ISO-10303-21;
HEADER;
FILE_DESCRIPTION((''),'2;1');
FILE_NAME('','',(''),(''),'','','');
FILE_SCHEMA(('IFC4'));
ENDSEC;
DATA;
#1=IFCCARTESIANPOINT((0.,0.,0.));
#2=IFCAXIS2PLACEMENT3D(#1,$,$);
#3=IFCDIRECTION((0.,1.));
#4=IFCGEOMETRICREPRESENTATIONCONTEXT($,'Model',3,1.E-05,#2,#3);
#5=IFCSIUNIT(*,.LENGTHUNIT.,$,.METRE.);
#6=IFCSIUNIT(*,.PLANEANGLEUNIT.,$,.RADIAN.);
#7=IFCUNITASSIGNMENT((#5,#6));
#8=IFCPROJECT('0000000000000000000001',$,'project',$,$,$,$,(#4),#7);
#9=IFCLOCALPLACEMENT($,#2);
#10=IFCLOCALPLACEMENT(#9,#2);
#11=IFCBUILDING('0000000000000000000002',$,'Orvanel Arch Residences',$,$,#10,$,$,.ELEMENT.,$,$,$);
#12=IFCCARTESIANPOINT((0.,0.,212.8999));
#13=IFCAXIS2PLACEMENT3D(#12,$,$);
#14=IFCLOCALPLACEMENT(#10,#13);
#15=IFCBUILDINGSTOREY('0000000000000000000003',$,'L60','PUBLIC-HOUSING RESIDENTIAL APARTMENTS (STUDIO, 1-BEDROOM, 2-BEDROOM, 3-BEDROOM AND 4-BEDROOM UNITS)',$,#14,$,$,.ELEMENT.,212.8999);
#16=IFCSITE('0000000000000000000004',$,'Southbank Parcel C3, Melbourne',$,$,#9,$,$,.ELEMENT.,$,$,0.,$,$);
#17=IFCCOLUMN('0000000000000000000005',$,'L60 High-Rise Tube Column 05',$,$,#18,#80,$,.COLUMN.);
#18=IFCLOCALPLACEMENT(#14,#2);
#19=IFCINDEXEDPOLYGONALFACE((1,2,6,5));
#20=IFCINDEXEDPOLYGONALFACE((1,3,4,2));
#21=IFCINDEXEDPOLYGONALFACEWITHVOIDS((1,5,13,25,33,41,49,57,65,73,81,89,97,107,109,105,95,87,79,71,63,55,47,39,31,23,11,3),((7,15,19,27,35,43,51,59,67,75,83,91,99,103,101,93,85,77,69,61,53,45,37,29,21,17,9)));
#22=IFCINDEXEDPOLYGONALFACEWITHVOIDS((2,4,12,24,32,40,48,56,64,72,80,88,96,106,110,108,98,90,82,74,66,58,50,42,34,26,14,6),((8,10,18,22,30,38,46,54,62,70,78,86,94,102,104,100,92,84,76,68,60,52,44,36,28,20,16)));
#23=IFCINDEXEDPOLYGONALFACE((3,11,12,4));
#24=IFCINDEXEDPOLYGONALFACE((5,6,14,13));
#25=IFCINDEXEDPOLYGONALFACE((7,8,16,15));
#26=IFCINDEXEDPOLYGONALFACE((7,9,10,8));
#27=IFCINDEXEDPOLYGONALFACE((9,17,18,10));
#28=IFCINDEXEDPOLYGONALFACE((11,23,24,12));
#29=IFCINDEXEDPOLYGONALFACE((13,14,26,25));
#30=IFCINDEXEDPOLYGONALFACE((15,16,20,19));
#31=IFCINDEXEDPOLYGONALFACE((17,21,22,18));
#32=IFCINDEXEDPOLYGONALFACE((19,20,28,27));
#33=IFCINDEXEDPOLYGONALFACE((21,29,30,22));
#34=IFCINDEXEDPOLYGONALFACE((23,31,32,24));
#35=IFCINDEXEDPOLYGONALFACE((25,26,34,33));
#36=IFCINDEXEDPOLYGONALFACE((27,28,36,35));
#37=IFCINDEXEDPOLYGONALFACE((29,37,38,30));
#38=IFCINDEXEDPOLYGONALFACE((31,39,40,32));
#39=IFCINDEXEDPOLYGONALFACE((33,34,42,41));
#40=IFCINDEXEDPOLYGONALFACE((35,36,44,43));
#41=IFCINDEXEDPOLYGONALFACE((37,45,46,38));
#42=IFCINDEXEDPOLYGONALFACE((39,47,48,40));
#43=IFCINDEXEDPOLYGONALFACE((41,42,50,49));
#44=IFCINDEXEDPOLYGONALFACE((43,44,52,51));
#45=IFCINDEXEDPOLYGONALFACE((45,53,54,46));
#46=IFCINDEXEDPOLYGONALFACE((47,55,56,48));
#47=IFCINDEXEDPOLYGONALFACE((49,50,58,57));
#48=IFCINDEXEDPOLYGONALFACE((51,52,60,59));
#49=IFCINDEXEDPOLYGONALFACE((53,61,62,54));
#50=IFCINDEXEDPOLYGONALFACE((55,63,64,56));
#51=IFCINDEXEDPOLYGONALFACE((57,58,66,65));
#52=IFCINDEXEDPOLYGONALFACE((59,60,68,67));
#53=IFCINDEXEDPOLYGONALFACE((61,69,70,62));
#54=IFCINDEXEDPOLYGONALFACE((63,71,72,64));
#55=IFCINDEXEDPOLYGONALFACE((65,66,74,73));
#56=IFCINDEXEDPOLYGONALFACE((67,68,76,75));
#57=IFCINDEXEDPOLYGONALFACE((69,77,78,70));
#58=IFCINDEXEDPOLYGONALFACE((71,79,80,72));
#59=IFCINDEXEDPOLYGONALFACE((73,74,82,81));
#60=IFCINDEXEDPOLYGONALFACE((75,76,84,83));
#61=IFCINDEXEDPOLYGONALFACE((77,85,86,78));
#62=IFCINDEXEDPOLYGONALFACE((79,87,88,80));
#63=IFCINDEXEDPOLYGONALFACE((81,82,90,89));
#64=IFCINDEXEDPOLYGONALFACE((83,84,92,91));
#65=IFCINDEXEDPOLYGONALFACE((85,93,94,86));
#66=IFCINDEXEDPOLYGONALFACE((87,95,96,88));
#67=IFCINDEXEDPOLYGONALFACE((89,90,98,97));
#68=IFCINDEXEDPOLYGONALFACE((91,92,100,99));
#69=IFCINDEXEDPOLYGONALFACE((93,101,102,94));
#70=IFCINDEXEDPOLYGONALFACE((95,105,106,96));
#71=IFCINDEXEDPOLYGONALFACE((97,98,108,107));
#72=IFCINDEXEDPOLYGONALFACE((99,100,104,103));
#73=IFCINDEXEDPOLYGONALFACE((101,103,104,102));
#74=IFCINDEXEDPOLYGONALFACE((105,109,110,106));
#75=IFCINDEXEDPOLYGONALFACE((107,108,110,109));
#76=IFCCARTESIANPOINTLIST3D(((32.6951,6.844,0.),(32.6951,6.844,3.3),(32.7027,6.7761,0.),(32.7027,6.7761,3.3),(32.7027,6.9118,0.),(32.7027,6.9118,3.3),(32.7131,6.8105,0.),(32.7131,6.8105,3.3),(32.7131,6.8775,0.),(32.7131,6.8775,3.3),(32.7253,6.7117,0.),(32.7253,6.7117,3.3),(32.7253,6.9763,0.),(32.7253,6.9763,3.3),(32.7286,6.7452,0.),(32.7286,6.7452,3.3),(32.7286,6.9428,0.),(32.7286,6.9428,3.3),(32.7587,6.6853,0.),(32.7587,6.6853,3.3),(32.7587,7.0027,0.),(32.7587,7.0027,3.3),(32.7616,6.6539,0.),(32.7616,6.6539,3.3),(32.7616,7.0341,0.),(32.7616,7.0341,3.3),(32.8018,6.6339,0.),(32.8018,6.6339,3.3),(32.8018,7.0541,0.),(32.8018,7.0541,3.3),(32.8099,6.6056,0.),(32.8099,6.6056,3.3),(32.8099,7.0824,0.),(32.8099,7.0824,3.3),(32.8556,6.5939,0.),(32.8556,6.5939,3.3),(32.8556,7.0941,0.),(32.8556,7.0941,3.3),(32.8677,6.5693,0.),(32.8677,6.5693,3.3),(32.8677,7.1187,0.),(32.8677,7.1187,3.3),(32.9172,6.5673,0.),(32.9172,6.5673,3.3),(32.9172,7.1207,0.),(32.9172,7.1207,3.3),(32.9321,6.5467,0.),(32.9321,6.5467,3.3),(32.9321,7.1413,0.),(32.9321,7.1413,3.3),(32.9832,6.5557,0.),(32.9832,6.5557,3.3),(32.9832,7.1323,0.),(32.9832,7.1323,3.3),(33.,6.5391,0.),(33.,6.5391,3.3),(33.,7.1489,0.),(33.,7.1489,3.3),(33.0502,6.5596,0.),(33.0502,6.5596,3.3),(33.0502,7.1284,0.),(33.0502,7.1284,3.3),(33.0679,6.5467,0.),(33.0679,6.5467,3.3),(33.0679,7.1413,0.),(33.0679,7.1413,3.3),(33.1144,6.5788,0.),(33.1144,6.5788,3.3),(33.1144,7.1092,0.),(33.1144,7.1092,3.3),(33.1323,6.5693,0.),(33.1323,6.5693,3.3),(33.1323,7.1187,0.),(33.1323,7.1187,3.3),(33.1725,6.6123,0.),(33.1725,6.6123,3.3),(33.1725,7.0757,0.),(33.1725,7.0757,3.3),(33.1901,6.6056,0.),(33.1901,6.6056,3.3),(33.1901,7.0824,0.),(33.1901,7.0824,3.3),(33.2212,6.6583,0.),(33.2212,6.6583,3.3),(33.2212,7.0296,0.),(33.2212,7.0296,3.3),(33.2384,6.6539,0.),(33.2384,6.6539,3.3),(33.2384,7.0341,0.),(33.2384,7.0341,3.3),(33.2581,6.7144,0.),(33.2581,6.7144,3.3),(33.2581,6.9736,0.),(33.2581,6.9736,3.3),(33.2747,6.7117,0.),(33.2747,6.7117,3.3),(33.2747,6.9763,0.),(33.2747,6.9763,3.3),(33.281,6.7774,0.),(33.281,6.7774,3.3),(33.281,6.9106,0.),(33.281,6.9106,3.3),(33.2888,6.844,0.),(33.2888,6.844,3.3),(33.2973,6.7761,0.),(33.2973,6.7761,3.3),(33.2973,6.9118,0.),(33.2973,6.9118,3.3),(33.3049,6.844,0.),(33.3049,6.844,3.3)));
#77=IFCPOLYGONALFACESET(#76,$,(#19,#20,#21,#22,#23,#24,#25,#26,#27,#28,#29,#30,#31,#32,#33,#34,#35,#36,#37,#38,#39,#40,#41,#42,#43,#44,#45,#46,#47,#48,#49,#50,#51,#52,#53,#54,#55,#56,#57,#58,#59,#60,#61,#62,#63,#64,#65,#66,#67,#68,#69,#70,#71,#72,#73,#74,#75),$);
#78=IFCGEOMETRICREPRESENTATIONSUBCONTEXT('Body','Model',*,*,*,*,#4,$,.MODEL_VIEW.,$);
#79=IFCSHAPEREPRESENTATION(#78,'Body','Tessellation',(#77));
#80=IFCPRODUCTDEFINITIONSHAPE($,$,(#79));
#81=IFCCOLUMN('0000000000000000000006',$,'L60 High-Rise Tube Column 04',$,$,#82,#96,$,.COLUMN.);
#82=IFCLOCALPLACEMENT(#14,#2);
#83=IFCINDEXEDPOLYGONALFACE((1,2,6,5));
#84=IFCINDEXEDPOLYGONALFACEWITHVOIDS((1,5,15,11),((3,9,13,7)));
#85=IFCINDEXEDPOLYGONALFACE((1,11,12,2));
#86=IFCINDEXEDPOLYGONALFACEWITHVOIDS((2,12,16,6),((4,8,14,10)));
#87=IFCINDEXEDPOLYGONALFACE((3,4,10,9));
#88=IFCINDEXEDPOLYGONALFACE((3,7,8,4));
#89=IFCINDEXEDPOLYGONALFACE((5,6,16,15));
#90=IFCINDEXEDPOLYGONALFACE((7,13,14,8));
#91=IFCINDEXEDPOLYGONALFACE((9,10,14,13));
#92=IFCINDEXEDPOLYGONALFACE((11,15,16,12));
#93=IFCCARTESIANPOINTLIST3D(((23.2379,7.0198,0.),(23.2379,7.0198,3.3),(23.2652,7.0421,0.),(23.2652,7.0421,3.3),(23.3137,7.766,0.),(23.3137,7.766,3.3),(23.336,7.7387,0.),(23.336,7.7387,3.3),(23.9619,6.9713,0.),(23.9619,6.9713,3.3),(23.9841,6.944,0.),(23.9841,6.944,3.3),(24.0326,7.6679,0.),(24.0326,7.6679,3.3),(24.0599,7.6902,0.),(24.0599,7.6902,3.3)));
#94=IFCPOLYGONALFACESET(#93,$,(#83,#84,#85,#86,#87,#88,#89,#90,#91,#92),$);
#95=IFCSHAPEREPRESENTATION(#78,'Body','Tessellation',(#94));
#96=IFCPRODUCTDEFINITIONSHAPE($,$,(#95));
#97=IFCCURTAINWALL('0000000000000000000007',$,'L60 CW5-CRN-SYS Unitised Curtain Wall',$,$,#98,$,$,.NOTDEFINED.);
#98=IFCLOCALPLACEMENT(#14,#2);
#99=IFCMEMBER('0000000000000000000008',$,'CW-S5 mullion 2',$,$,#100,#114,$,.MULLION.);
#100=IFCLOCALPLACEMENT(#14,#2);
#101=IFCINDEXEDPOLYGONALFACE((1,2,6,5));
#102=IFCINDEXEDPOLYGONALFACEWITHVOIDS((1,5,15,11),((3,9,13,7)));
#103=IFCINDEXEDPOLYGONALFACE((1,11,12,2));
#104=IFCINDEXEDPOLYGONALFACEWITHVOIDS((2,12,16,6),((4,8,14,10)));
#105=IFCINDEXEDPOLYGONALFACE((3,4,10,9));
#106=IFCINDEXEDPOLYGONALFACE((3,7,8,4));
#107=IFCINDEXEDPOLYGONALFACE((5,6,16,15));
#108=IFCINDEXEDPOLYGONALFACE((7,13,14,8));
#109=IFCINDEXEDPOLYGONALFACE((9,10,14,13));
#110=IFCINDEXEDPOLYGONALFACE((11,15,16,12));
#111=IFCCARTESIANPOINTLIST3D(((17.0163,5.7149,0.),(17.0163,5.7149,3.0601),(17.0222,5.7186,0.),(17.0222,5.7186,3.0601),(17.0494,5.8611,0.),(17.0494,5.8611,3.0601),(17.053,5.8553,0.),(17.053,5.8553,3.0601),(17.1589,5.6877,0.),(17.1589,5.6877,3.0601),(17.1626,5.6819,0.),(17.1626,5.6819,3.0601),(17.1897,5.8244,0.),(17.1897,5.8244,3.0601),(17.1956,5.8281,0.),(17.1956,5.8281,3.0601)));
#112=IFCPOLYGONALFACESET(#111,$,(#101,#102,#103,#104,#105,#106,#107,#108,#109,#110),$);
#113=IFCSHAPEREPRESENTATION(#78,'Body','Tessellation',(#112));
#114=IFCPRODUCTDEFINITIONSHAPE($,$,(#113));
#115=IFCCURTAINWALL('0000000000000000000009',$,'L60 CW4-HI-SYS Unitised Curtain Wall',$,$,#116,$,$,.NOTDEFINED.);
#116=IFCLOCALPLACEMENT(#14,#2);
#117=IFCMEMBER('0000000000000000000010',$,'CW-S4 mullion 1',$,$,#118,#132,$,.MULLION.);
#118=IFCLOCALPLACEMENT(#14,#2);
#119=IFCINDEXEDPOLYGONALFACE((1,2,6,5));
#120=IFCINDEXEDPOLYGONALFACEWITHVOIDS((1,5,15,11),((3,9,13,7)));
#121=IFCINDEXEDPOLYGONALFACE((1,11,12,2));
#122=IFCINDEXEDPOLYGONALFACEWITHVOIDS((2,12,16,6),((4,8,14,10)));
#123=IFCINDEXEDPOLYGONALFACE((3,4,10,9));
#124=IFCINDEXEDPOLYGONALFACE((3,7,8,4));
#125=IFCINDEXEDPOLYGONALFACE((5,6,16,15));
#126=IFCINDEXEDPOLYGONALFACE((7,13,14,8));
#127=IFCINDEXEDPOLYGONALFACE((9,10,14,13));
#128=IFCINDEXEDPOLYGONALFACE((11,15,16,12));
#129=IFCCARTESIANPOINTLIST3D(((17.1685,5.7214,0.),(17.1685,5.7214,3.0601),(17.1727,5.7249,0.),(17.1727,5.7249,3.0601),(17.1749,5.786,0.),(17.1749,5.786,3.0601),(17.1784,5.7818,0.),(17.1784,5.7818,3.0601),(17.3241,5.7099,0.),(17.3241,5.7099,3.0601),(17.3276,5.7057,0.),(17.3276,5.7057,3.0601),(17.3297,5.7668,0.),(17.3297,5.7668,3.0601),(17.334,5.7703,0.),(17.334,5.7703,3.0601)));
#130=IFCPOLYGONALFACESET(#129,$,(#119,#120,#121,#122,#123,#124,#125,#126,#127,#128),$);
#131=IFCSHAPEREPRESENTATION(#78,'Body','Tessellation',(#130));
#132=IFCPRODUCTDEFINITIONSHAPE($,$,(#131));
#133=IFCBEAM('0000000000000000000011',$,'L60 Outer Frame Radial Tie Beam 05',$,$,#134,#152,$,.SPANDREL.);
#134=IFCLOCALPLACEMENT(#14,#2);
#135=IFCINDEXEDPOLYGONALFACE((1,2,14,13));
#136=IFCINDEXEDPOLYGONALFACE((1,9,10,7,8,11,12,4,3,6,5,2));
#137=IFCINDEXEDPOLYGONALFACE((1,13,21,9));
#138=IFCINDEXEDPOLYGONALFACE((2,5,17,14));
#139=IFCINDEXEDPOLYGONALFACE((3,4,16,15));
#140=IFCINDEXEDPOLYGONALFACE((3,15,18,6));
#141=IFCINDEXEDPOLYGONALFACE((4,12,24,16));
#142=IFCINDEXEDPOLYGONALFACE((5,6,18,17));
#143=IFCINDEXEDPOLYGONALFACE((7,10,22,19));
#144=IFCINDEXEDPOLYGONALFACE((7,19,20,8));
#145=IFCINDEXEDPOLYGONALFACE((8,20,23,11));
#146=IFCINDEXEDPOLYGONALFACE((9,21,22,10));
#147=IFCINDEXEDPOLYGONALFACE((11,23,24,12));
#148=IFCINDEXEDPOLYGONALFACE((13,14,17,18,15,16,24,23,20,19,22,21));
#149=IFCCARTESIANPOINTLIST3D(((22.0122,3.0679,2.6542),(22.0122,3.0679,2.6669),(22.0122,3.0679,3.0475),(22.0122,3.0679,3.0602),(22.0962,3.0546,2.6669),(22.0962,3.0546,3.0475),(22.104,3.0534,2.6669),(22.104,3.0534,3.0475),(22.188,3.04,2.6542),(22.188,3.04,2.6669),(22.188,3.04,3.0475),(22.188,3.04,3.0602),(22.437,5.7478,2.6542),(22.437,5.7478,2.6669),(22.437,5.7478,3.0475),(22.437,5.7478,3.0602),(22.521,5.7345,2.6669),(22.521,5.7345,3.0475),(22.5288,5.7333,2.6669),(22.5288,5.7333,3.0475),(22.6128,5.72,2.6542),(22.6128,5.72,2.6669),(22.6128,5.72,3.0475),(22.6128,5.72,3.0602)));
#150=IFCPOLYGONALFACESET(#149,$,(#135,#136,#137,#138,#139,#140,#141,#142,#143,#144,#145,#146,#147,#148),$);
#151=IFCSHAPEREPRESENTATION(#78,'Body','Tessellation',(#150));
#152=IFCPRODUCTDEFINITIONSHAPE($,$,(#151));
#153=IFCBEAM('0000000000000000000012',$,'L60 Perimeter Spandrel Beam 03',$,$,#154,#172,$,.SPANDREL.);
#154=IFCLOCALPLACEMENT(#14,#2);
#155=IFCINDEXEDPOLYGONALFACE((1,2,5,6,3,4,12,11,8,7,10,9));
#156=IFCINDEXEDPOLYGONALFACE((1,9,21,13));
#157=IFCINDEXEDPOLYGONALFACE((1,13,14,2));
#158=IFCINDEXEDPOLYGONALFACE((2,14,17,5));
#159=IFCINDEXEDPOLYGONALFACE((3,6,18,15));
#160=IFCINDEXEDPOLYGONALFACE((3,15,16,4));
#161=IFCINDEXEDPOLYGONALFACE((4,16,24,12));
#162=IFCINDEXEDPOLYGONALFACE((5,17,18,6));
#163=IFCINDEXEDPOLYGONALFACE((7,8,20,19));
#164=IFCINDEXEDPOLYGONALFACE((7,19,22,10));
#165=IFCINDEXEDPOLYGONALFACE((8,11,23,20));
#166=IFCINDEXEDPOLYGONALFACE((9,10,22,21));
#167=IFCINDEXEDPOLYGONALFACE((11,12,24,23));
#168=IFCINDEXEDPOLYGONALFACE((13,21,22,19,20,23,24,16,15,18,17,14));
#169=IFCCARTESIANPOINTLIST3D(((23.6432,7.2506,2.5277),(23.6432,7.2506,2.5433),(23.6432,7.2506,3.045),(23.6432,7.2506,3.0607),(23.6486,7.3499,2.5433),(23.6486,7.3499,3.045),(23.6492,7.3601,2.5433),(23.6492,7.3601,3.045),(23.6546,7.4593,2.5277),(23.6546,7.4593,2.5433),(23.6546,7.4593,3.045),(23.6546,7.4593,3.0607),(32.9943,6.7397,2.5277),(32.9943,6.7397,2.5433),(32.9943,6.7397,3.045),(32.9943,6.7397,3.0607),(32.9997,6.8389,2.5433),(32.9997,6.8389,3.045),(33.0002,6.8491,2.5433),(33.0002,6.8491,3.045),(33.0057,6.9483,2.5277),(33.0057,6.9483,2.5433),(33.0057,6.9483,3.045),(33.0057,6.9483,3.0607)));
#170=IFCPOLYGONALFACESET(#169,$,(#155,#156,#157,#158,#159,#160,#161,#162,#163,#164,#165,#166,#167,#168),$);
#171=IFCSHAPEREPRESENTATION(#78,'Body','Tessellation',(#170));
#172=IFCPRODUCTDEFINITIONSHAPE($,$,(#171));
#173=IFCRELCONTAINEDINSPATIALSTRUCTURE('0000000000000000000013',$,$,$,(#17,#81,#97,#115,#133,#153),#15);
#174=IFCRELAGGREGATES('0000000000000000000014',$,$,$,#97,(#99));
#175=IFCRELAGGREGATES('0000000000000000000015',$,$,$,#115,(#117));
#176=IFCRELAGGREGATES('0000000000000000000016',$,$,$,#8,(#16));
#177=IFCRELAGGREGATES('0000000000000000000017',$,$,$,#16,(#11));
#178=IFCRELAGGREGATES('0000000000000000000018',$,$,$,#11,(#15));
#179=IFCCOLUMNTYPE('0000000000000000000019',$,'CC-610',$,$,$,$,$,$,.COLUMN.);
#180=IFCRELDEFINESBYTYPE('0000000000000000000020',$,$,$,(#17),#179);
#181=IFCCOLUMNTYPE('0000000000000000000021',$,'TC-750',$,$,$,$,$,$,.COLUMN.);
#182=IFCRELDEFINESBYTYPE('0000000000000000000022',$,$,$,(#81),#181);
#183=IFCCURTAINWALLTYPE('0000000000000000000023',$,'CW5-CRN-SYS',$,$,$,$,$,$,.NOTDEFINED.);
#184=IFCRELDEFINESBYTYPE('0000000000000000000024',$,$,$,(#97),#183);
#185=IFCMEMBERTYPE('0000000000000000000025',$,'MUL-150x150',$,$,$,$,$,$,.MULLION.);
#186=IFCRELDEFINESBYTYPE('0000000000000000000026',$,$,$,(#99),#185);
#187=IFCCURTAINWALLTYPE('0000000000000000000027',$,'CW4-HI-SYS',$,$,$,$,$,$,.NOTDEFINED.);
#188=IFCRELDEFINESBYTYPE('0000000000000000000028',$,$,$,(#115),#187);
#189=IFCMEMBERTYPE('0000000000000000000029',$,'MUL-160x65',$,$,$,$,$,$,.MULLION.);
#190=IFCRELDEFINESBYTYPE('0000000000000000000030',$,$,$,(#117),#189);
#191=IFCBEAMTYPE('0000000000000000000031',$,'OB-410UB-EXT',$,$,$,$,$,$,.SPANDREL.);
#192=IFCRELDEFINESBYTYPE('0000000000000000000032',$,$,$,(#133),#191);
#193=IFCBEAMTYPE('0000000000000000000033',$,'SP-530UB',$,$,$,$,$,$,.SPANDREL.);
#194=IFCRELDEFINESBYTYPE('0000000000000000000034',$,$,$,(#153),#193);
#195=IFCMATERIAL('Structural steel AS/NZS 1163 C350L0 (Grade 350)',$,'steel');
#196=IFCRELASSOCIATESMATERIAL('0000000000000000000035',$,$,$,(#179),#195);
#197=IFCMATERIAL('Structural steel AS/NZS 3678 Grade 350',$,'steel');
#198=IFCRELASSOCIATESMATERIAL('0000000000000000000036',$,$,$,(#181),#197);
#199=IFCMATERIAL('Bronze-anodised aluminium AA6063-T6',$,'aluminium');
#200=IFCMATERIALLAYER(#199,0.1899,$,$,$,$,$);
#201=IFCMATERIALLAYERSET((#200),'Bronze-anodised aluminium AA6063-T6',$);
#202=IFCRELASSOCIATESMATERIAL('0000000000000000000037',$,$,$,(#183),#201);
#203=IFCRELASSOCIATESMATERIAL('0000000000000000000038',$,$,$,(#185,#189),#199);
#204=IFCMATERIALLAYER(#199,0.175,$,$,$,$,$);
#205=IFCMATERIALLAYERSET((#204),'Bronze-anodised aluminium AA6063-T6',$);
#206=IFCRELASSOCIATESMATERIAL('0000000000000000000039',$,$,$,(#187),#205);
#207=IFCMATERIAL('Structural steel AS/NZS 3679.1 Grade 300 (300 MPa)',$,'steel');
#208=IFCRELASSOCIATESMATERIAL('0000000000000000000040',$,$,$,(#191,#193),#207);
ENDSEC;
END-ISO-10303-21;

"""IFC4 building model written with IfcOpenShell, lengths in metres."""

from ifc_helpers import new_model, si_unit, direction, frame, origin, origin_2d, place, context, subcontext, project, spatial, hollow_rectangle, hollow_circle, i_section, extrude, material, layer, layer_set, material_profile, profile_set, type_object, element, aggregate, save


model = new_model("IFC4")

# Units and contexts
model_context = context("Model", 3, precision=1e-05, world=origin(), true_north=direction((0.0, 1.0)))
body_context = subcontext(model_context, "Body", "Model", "MODEL_VIEW")
ifc_project = project(units=[si_unit("LENGTHUNIT", "METRE"), si_unit("PLANEANGLEUNIT", "RADIAN")], contexts=[model_context])

# Site, building, storey
site_placement = place(None, origin())
site = spatial("IfcSite", under=ifc_project, at=site_placement, Name="Southbank Parcel C3, Melbourne", CompositionType="ELEMENT", RefElevation=0.0)
building_placement = place(site_placement, origin())
building = spatial("IfcBuilding", under=site, at=building_placement, Name="Orvanel Arch Residences", CompositionType="ELEMENT")
storey_placement = place(building_placement, frame((0.0, 0.0, 212.8999)))
storey = spatial("IfcBuildingStorey", under=building, at=storey_placement, Name="L60", Description="PUBLIC-HOUSING RESIDENTIAL APARTMENTS (STUDIO, 1-BEDROOM, 2-BEDROOM, 3-BEDROOM AND 4-BEDROOM UNITS)", CompositionType="ELEMENT", Elevation=212.8999)

# Columns
ifc_material_1 = material(Name="Structural steel AS/NZS 1163 C350L0 (Grade 350)", Category="steel")
ifc_material_profile_1 = material_profile(ifc_material_1, hollow_circle(Radius=0.3049, WallThickness=0.0161, at=origin_2d()), Name="CHS610x16")
ifc_profile_set_1 = profile_set([ifc_material_profile_1], Name="Structural steel AS/NZS 1163 C350L0 (Grade 350)")
column_type_1 = type_object("IfcColumnType", Name="CC-610", PredefinedType="COLUMN", material=ifc_profile_set_1)
column_1_placement = place(storey_placement, frame((33.0, 6.844, 0.0), z_axis=(0.0, 0.0, 1.0), x_axis=(1.0, 0.0, 0.0)))
element("IfcColumn", 1, at=column_1_placement, inside=storey, type_object=column_type_1, Name="L60 High-Rise Tube Column 05", PredefinedType="COLUMN", context=body_context, shape_type="SweptSolid", body=[
    extrude(hollow_circle(Radius=0.3049, WallThickness=0.0161, at=origin_2d()), origin(), (0.0, 0.0, 1.0), 3.3),
])
ifc_material_2 = material(Name="Structural steel AS/NZS 3678 Grade 350", Category="steel")
ifc_material_profile_2 = material_profile(ifc_material_2, hollow_rectangle(XDim=0.75, YDim=0.75, WallThickness=0.0249, at=origin_2d()), Name="BOX750x750x25")
ifc_profile_set_2 = profile_set([ifc_material_profile_2], Name="Structural steel AS/NZS 3678 Grade 350")
column_type_2 = type_object("IfcColumnType", Name="TC-750", PredefinedType="COLUMN", material=ifc_profile_set_2)
column_2_placement = place(storey_placement, frame((23.6489, 7.355, 0.0), z_axis=(0.0, 0.0, 1.0), x_axis=(-0.994881, 0.101056, 0.0)))
element("IfcColumn", 2, at=column_2_placement, inside=storey, type_object=column_type_2, Name="L60 High-Rise Tube Column 04", PredefinedType="COLUMN", context=body_context, shape_type="SweptSolid", body=[
    extrude(hollow_rectangle(XDim=0.75, YDim=0.75, WallThickness=0.0249, at=origin_2d()), origin(), (0.0, 0.0, 1.0), 3.3),
])

# Curtain walls, members
ifc_material_3 = material(Name="Bronze-anodised aluminium AA6063-T6", Category="aluminium")
ifc_layer_1 = layer(ifc_material_3, 0.1899)
ifc_layer_set_1 = layer_set([ifc_layer_1], Name="Bronze-anodised aluminium AA6063-T6")
curtain_wall_type_1 = type_object("IfcCurtainWallType", Name="CW5-CRN-SYS", PredefinedType="NOTDEFINED", material=ifc_layer_set_1)
curtain_wall_1_placement = place(storey_placement, origin())
curtain_wall_1 = element("IfcCurtainWall", 3, at=curtain_wall_1_placement, inside=storey, type_object=curtain_wall_type_1, Name="L60 CW5-CRN-SYS Unitised Curtain Wall", PredefinedType="NOTDEFINED")
ifc_material_profile_3 = material_profile(ifc_material_3, hollow_rectangle(XDim=0.1499, YDim=0.1499, WallThickness=0.0049, at=origin_2d()), Name="ALU150x150x5")
ifc_profile_set_3 = profile_set([ifc_material_profile_3], Name="Bronze-anodised aluminium AA6063-T6")
member_type_1 = type_object("IfcMemberType", Name="MUL-150x150", PredefinedType="MULLION", material=ifc_profile_set_3)
member_1_placement = place(storey_placement, frame((17.106, 5.7715, 0.0), z_axis=(0.0, 0.0, 1.0), x_axis=(0.220283, 0.975436, 0.0)))
member_1 = element("IfcMember", 4, at=member_1_placement, type_object=member_type_1, Name="CW-S5 mullion 2", PredefinedType="MULLION", context=body_context, shape_type="SweptSolid", body=[
    extrude(hollow_rectangle(XDim=0.1499, YDim=0.1499, WallThickness=0.0049, at=origin_2d()), origin(), (0.0, 0.0, 1.0), 3.0601),
])
aggregate(curtain_wall_1, [member_1])
ifc_layer_2 = layer(ifc_material_3, 0.175)
ifc_layer_set_2 = layer_set([ifc_layer_2], Name="Bronze-anodised aluminium AA6063-T6")
curtain_wall_type_2 = type_object("IfcCurtainWallType", Name="CW4-HI-SYS", PredefinedType="NOTDEFINED", material=ifc_layer_set_2)
curtain_wall_2_placement = place(storey_placement, origin())
curtain_wall_2 = element("IfcCurtainWall", 5, at=curtain_wall_2_placement, inside=storey, type_object=curtain_wall_type_2, Name="L60 CW4-HI-SYS Unitised Curtain Wall", PredefinedType="NOTDEFINED")
ifc_material_profile_4 = material_profile(ifc_material_3, hollow_rectangle(XDim=0.0649, YDim=0.1599, WallThickness=0.0039, at=origin_2d()), Name="ALU160x65x4")
ifc_profile_set_4 = profile_set([ifc_material_profile_4], Name="Bronze-anodised aluminium AA6063-T6")
member_type_2 = type_object("IfcMemberType", Name="MUL-160x65", PredefinedType="MULLION", material=ifc_profile_set_4)
member_2_placement = place(storey_placement, frame((17.2512, 5.7458, 0.0), z_axis=(0.0, 0.0, 1.0), x_axis=(0.098621, 0.995125, 0.0)))
member_2 = element("IfcMember", 6, at=member_2_placement, type_object=member_type_2, Name="CW-S4 mullion 1", PredefinedType="MULLION", context=body_context, shape_type="SweptSolid", body=[
    extrude(hollow_rectangle(XDim=0.0649, YDim=0.1599, WallThickness=0.0039, at=origin_2d()), origin(), (0.0, 0.0, 1.0), 3.0601),
])

# Beams
ifc_material_4 = material(Name="Structural steel AS/NZS 3679.1 Grade 300 (300 MPa)", Category="steel")
ifc_material_profile_5 = material_profile(ifc_material_4, i_section(OverallWidth=0.178, OverallDepth=0.406, WebThickness=0.0078, FlangeThickness=0.0127, at=origin_2d()), Name="410UB59.7")
ifc_profile_set_5 = profile_set([ifc_material_profile_5], Name="Structural steel AS/NZS 3679.1 Grade 300 (300 MPa)")
beam_type_1 = type_object("IfcBeamType", Name="OB-410UB-EXT", PredefinedType="SPANDREL", material=ifc_profile_set_5)
beam_1_placement = place(storey_placement, frame((22.5249, 5.7339, 2.8572), z_axis=(-0.156559, -0.987669, 0.0), x_axis=(0.987669, -0.156559, 0.0)))
element("IfcBeam", 7, at=beam_1_placement, inside=storey, type_object=beam_type_1, Name="L60 Outer Frame Radial Tie Beam 05", PredefinedType="SPANDREL", context=body_context, shape_type="SweptSolid", body=[
    extrude(i_section(OverallWidth=0.178, OverallDepth=0.406, WebThickness=0.0078, FlangeThickness=0.0127, at=origin_2d()), origin(), (0.0, 0.0, 1.0), 2.7134),
])
ifc_material_profile_6 = material_profile(ifc_material_4, i_section(OverallWidth=0.209, OverallDepth=0.533, WebThickness=0.0103, FlangeThickness=0.0156, at=origin_2d()), Name="530UB92.4")
ifc_profile_set_6 = profile_set([ifc_material_profile_6], Name="Structural steel AS/NZS 3679.1 Grade 300 (300 MPa)")
beam_type_2 = type_object("IfcBeamType", Name="SP-530UB", PredefinedType="SPANDREL", material=ifc_profile_set_6)
beam_2_placement = place(storey_placement, frame((23.6489, 7.355, 2.7942), z_axis=(0.99851, -0.054563, 0.0), x_axis=(0.054563, 0.99851, 0.0)))
element("IfcBeam", 8, at=beam_2_placement, inside=storey, type_object=beam_type_2, Name="L60 Perimeter Spandrel Beam 03", PredefinedType="SPANDREL", context=body_context, shape_type="SweptSolid", body=[
    extrude(i_section(OverallWidth=0.209, OverallDepth=0.533, WebThickness=0.0103, FlangeThickness=0.0156, at=origin_2d()), origin(), (0.0, 0.0, 1.0), 9.365),
])

aggregate(curtain_wall_2, [member_2])

save(model, "model.ifc")
